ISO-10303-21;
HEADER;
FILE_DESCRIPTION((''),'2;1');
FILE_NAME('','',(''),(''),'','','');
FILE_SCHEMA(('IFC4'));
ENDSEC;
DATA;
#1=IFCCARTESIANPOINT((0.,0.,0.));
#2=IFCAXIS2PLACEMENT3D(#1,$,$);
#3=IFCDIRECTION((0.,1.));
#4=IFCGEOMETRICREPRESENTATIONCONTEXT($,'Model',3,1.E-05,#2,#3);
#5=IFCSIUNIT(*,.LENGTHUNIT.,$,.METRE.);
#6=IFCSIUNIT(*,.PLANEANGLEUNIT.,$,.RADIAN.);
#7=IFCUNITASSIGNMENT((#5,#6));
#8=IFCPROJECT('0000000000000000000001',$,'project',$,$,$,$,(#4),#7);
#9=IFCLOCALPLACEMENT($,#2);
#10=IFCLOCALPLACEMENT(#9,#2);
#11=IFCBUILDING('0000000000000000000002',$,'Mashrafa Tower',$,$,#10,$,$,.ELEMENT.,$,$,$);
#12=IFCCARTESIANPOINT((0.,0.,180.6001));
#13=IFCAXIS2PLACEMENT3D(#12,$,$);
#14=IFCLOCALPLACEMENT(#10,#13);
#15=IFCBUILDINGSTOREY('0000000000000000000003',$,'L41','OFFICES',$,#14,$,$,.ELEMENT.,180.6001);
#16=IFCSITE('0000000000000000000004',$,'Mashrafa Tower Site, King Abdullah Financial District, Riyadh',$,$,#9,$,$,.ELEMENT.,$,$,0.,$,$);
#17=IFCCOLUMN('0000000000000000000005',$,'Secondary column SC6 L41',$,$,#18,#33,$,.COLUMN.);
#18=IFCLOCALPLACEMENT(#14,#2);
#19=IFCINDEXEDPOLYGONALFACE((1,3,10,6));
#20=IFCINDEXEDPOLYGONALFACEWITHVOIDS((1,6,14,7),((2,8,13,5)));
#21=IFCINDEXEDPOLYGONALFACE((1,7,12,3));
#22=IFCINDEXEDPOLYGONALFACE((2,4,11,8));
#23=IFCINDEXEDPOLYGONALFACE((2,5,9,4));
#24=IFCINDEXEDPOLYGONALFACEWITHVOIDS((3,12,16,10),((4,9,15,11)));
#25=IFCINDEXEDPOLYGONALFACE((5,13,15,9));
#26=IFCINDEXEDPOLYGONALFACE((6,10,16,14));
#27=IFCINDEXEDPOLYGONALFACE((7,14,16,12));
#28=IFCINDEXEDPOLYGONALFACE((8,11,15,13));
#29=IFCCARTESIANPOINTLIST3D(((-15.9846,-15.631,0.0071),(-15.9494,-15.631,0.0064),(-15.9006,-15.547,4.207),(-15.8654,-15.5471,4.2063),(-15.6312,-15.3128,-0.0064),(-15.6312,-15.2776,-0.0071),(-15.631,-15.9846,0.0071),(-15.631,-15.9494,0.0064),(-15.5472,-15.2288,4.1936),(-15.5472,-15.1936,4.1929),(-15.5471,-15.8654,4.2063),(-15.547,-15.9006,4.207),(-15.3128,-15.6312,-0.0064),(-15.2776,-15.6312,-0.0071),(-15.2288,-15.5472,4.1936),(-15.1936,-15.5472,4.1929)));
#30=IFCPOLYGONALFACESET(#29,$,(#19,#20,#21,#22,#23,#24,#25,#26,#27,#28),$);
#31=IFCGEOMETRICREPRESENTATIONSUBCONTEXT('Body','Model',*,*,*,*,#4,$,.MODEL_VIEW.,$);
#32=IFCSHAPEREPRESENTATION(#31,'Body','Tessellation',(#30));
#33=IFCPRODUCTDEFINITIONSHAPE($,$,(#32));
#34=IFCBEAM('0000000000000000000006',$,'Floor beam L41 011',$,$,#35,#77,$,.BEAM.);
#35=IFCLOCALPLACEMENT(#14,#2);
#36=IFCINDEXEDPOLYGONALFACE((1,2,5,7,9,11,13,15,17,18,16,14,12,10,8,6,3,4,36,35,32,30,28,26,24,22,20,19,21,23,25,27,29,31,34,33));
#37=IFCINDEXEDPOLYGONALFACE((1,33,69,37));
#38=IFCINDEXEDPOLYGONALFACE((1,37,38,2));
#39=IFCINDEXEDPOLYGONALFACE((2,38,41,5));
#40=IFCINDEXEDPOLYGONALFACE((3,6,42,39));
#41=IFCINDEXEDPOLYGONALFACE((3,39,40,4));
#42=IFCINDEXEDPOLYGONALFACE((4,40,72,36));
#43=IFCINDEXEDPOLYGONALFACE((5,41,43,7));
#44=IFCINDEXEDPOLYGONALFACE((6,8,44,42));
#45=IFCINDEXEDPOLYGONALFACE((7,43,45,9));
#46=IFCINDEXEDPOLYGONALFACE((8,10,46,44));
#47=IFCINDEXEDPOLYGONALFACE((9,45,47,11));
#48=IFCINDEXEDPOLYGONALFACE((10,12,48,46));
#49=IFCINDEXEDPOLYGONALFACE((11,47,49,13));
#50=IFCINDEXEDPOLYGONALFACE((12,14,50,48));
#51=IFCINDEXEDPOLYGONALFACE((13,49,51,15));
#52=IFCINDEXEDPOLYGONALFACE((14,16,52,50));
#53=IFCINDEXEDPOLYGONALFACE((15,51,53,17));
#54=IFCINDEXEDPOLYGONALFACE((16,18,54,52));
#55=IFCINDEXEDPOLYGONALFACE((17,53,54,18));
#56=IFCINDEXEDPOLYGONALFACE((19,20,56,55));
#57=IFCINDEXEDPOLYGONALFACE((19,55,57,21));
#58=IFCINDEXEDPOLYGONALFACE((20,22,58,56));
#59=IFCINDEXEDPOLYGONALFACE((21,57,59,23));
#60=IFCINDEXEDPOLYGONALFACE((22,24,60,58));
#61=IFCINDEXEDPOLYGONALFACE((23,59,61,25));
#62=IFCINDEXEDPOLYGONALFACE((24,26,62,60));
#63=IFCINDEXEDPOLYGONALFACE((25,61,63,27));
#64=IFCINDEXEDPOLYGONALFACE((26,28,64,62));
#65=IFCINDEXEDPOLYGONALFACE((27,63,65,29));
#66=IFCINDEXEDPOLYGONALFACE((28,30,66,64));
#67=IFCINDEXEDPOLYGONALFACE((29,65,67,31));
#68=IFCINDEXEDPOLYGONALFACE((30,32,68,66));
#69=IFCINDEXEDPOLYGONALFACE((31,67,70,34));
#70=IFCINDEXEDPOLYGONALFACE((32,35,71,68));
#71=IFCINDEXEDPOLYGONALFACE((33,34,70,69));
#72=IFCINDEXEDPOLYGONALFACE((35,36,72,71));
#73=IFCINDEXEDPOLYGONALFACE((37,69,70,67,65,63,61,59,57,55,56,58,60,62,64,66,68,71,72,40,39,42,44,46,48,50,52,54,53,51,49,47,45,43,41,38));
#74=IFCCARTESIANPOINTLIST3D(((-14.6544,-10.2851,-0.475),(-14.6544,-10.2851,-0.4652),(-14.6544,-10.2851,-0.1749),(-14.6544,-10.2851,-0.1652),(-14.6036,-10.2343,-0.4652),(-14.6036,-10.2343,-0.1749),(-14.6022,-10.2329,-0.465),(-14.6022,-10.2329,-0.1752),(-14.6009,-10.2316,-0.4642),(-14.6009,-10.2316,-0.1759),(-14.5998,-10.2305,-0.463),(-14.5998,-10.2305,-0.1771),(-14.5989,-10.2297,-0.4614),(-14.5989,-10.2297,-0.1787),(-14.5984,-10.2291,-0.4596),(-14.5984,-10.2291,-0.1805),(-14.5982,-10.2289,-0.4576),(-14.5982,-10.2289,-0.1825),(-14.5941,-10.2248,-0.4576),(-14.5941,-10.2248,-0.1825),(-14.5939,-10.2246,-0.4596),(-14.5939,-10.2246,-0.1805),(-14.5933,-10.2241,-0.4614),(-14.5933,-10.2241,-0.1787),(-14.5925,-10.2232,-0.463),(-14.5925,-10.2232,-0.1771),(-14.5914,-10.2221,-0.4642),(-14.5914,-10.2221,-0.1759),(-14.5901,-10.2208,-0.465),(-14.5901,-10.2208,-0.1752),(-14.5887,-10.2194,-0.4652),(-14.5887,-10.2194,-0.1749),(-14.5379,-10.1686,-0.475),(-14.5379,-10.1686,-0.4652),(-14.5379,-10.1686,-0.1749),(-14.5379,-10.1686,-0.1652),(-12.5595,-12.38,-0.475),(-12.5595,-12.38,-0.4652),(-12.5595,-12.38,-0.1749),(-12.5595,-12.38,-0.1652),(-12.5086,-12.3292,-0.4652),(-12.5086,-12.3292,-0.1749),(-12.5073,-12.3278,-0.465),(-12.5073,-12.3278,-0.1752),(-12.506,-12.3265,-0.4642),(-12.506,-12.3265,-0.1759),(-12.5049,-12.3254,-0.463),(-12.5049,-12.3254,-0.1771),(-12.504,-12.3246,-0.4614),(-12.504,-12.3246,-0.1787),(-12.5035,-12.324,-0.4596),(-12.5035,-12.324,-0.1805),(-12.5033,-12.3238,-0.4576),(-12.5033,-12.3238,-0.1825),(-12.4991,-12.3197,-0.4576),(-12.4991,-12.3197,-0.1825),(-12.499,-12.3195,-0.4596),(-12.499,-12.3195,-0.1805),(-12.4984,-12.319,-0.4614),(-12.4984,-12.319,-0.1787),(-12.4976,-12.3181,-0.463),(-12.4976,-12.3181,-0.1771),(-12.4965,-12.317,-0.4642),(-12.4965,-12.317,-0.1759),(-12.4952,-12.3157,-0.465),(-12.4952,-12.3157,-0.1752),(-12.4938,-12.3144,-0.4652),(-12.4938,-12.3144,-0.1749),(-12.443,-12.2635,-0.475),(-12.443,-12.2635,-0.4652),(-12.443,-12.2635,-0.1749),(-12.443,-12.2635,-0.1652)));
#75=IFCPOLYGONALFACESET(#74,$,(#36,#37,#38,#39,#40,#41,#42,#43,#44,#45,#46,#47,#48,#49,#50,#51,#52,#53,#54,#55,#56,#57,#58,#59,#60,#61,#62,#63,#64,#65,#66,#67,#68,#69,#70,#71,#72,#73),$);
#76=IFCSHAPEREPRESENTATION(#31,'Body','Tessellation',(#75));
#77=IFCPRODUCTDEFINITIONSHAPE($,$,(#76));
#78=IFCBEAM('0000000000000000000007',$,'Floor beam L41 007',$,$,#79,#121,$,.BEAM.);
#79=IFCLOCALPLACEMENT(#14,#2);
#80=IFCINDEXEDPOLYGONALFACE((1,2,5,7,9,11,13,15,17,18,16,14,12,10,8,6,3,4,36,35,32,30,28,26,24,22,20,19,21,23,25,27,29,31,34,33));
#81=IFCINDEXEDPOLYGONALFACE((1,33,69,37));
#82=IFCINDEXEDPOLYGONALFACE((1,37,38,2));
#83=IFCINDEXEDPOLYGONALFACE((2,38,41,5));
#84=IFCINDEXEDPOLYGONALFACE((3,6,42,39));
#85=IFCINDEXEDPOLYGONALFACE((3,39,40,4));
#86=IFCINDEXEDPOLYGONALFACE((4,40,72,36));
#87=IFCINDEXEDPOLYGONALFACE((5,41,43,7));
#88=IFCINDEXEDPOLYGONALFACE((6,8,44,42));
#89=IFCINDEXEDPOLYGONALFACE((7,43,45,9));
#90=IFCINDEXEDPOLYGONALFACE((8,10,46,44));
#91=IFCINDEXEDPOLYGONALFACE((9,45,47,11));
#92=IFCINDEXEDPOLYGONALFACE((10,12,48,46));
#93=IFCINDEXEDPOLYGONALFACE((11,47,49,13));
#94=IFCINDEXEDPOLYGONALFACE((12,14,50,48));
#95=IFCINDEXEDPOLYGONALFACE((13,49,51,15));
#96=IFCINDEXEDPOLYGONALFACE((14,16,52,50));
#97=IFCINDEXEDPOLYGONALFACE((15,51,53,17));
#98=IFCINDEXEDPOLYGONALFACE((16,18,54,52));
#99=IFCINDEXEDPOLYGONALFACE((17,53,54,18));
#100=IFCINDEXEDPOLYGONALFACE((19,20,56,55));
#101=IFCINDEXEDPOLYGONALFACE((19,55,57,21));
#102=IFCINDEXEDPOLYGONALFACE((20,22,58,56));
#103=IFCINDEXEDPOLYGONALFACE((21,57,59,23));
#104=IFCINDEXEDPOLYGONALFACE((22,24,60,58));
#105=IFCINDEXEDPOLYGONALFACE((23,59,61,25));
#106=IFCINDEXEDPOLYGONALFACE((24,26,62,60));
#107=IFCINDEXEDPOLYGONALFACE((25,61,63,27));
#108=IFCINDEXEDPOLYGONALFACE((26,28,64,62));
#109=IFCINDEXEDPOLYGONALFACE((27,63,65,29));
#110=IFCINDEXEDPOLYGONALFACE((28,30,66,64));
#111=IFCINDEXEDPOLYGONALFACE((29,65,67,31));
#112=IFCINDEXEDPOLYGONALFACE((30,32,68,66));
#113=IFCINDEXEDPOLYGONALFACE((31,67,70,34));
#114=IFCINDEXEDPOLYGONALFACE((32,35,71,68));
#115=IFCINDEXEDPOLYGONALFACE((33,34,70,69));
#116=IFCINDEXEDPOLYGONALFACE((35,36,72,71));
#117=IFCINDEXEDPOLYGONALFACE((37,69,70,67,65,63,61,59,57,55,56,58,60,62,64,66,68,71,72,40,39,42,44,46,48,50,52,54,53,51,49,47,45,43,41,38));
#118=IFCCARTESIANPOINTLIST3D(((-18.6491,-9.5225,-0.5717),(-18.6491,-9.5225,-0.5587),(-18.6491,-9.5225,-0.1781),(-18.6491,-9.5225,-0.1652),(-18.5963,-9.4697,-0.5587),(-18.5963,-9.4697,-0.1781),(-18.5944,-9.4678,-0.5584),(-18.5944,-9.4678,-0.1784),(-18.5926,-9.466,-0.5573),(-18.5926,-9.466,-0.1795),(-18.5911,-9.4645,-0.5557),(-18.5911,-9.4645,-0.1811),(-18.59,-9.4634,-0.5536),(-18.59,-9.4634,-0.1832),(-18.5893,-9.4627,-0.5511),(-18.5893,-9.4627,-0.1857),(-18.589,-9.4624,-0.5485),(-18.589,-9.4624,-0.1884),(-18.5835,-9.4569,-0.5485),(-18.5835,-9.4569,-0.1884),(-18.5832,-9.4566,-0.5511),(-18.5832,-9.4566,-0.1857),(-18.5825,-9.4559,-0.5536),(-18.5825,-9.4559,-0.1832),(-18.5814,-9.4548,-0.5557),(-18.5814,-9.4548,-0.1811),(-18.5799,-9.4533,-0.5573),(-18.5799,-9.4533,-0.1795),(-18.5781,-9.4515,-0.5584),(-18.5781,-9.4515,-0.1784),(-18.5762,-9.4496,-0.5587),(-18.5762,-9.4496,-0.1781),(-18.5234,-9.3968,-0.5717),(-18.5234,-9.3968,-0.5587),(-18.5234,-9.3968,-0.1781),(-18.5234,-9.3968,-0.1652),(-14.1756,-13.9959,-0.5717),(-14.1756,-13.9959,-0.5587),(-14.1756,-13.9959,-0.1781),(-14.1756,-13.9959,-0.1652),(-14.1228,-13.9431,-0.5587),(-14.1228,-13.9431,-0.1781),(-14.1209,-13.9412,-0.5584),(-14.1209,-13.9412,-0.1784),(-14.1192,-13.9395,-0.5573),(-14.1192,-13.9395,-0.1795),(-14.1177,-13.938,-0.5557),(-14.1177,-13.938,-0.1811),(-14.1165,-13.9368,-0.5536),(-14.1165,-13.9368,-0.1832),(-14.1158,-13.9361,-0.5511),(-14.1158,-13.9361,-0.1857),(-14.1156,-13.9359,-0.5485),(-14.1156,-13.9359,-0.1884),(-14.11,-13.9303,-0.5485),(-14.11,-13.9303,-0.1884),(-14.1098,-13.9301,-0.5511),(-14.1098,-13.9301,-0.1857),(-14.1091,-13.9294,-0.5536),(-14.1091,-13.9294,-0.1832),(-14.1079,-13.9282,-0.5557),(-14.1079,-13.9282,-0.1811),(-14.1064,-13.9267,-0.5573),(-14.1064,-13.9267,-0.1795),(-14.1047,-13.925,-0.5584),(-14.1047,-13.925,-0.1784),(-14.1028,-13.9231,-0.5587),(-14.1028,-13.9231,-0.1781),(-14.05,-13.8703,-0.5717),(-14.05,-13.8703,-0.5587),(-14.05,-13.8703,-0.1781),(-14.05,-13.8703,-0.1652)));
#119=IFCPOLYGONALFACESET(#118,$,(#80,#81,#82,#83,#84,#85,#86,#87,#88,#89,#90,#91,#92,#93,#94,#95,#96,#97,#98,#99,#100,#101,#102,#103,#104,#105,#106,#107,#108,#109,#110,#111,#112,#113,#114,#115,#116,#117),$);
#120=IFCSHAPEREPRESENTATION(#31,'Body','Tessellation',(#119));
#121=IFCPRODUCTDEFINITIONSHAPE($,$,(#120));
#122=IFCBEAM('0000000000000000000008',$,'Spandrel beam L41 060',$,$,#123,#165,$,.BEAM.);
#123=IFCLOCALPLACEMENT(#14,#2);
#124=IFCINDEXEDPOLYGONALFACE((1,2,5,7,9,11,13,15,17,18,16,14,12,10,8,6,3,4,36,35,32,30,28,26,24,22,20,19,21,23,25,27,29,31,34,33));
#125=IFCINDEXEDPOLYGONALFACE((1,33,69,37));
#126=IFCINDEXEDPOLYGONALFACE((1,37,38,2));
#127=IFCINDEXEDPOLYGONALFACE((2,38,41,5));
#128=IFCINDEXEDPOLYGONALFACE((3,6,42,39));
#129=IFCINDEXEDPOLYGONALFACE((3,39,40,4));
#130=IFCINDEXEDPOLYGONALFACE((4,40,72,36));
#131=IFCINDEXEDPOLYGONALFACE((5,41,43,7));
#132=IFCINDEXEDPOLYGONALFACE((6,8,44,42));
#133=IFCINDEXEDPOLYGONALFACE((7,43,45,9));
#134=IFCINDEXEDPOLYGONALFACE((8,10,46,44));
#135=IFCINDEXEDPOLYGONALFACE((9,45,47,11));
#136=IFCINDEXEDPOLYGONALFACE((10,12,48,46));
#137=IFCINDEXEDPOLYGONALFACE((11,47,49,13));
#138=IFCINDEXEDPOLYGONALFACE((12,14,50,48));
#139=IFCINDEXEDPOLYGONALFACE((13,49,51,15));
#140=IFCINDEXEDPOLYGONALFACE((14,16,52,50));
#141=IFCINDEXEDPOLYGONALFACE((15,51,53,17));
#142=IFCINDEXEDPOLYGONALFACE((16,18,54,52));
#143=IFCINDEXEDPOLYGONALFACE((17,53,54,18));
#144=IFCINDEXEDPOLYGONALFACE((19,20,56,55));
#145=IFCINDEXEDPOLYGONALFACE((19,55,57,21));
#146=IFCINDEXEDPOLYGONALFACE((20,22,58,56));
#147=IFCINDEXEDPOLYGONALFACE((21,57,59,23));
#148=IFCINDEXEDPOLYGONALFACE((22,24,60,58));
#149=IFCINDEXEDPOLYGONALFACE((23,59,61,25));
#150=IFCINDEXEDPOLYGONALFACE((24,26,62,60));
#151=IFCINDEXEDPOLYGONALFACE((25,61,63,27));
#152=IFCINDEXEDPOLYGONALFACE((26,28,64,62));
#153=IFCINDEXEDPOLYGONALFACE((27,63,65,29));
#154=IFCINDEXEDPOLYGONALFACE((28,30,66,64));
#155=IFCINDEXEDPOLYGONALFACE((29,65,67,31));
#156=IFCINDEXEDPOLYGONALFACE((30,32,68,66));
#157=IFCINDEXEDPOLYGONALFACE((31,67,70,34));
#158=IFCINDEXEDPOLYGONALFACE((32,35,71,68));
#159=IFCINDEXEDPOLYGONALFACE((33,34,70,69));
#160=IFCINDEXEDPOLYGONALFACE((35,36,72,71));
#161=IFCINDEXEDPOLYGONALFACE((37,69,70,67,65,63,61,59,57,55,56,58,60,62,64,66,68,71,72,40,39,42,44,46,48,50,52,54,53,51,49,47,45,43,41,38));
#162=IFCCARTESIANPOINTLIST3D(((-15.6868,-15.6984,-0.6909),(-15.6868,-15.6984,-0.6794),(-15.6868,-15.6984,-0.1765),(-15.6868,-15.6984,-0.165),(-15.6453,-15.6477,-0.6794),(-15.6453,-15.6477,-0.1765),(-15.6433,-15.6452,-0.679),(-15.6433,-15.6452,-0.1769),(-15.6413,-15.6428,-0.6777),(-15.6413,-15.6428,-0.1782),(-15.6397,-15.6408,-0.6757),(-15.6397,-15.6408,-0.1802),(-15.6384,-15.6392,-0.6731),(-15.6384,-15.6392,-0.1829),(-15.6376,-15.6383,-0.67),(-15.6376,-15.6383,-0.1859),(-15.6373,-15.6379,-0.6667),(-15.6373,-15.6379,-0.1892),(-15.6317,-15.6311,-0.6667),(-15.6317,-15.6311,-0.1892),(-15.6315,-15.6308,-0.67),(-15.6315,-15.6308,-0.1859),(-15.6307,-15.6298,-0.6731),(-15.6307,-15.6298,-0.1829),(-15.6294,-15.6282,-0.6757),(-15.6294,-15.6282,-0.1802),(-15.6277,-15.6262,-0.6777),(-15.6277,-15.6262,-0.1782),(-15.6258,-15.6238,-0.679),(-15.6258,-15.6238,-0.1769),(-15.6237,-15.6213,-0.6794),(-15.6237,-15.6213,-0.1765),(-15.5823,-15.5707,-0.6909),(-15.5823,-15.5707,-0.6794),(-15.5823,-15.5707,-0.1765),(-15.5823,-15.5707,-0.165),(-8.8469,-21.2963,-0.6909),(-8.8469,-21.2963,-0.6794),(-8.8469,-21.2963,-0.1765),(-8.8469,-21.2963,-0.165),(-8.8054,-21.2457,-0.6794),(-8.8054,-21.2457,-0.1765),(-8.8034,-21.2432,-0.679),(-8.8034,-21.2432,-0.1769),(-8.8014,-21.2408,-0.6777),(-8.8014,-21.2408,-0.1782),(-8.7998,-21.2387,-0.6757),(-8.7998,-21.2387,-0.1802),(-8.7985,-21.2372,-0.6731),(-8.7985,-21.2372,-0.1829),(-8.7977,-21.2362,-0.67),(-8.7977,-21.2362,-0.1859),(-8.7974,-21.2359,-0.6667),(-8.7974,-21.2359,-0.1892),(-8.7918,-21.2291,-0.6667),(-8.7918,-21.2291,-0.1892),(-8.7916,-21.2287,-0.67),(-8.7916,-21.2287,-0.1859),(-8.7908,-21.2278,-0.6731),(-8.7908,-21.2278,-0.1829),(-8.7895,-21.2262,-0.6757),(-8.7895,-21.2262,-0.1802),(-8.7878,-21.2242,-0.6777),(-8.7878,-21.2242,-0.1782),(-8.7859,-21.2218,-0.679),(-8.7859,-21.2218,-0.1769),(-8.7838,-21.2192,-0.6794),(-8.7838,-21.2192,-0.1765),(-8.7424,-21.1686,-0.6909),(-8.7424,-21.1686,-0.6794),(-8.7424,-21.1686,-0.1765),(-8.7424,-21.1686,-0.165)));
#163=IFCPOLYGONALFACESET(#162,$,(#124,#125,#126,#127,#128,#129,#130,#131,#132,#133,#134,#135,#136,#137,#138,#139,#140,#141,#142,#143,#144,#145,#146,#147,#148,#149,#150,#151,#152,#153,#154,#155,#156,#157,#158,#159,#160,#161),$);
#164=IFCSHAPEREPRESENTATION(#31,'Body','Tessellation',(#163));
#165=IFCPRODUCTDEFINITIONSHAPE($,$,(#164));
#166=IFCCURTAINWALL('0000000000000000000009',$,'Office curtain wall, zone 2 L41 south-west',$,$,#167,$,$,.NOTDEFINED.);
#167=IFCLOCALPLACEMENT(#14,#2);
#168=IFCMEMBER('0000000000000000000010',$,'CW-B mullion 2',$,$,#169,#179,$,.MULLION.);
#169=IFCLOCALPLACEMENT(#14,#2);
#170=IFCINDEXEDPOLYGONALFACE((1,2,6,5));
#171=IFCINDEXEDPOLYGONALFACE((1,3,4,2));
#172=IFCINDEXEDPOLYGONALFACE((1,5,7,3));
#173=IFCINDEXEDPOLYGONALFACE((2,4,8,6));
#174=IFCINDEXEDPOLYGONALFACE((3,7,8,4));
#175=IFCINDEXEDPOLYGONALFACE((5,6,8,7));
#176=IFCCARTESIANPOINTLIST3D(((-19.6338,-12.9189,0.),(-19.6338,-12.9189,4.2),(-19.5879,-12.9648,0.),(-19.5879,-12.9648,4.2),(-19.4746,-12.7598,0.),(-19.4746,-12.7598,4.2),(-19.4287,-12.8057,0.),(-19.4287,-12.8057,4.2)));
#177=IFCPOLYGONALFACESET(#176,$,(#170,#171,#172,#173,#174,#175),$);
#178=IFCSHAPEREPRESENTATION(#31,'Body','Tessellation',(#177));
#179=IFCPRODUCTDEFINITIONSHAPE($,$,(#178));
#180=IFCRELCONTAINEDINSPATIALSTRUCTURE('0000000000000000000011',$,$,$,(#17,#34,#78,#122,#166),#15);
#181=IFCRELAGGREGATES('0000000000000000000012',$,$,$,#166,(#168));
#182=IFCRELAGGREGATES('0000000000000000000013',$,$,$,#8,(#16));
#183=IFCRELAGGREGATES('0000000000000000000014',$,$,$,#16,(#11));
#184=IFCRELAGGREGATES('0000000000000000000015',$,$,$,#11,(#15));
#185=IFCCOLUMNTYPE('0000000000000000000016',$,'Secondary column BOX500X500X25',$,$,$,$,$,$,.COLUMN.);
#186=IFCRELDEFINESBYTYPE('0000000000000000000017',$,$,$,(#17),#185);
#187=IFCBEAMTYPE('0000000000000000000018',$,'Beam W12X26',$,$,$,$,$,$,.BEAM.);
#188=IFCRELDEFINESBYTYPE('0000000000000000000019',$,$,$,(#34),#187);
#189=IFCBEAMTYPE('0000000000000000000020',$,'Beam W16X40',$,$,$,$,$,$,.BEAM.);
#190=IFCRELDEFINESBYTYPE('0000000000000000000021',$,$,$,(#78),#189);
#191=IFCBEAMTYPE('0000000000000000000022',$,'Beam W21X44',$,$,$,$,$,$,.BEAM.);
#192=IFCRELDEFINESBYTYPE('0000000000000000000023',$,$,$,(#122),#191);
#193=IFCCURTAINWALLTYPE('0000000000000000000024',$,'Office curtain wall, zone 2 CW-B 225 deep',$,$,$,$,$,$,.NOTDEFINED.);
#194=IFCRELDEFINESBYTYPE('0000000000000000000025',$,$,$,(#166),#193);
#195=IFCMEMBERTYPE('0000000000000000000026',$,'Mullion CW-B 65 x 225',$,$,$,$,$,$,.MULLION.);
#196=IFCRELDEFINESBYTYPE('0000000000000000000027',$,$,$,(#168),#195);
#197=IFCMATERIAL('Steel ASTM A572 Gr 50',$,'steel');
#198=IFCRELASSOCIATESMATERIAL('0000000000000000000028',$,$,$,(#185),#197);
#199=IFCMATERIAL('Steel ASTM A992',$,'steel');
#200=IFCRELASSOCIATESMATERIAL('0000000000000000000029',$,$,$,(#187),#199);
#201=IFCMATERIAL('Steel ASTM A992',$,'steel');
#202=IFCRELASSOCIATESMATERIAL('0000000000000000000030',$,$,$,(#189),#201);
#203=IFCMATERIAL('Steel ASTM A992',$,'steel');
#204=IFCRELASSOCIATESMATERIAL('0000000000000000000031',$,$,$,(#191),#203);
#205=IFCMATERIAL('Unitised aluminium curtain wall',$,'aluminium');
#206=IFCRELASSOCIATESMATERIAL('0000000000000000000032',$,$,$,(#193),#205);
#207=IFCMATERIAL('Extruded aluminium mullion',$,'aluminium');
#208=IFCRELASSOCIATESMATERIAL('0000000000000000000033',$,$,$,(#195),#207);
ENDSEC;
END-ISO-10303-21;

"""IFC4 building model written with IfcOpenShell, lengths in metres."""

from ifc_helpers import new_model, si_unit, direction, frame, origin, origin_2d, place, context, subcontext, project, spatial, rectangle, hollow_rectangle, i_section, extrude, source, transform, mapped, material, material_profile, profile_set, type_object, type_shapes, element, aggregate, save


model = new_model("IFC4")

# Units and contexts
model_context = context("Model", 3, precision=1e-05, world=origin(), true_north=direction((0.0, 1.0)))
body_context = subcontext(model_context, "Body", "Model", "MODEL_VIEW")
ifc_project = project(units=[si_unit("LENGTHUNIT", "METRE"), si_unit("PLANEANGLEUNIT", "RADIAN")], contexts=[model_context])

# Site, building, storey
site_placement = place(None, origin())
site = spatial("IfcSite", under=ifc_project, at=site_placement, Name="Mashrafa Tower Site, King Abdullah Financial District, Riyadh", CompositionType="ELEMENT", RefElevation=0.0)
building_placement = place(site_placement, origin())
building = spatial("IfcBuilding", under=site, at=building_placement, Name="Mashrafa Tower", CompositionType="ELEMENT")
storey_placement = place(building_placement, frame((0.0, 0.0, 180.6001)))
storey = spatial("IfcBuildingStorey", under=building, at=storey_placement, Name="L41", Description="OFFICES", CompositionType="ELEMENT", Elevation=180.6001)

# Column
ifc_material_1 = material(Name="Steel ASTM A572 Gr 50", Category="steel")
ifc_material_profile_1 = material_profile(ifc_material_1, hollow_rectangle(XDim=0.5, YDim=0.5, WallThickness=0.0249, at=origin_2d()), Name="BOX500X500X25")
ifc_profile_set_1 = profile_set([ifc_material_profile_1], Name="Steel ASTM A572 Gr 50")
column_type = type_object("IfcColumnType", Name="Secondary column BOX500X500X25", PredefinedType="COLUMN", material=ifc_profile_set_1)
column_placement = place(storey_placement, frame((-15.6311, -15.6311, 0.0), z_axis=(0.019989, 0.019989, 0.9996), x_axis=(-0.707107, 0.707107, 0.0)))
element("IfcColumn", 1, at=column_placement, inside=storey, type_object=column_type, Name="Secondary column SC6 L41", PredefinedType="COLUMN", context=body_context, shape_type="SweptSolid", body=[
    extrude(hollow_rectangle(XDim=0.5, YDim=0.5, WallThickness=0.0249, at=origin_2d()), origin(), (0.0, 0.0, 1.0), 4.2017),
])

# Beams
ifc_material_2 = material(Name="Steel ASTM A992", Category="steel")
ifc_material_profile_2 = material_profile(ifc_material_2, i_section(OverallWidth=0.1648, OverallDepth=0.3098, WebThickness=0.0059, FlangeThickness=0.0098, FilletRadius=0.0076, at=origin_2d()), Name="W12X26")
ifc_profile_set_2 = profile_set([ifc_material_profile_2], Name="Steel ASTM A992")
beam_type_1 = type_object("IfcBeamType", Name="Beam W12X26", PredefinedType="BEAM", material=ifc_profile_set_2)
beam_1_placement = place(storey_placement, frame((-12.5012, -12.3218, -0.3201), z_axis=(-0.707107, 0.707107, 0.0), x_axis=(-0.707107, -0.707107, 0.0)))
element("IfcBeam", 2, at=beam_1_placement, inside=storey, type_object=beam_type_1, Name="Floor beam L41 011", PredefinedType="BEAM", context=body_context, shape_type="SweptSolid", body=[
    extrude(i_section(OverallWidth=0.1648, OverallDepth=0.3098, WebThickness=0.0059, FlangeThickness=0.0098, FilletRadius=0.0076, at=origin_2d()), origin(), (0.0, 0.0, 1.0), 2.9626),
])
ifc_material_3 = material(Name="Steel ASTM A992", Category="steel")
ifc_material_profile_3 = material_profile(ifc_material_3, i_section(OverallWidth=0.1777, OverallDepth=0.4065, WebThickness=0.0078, FlangeThickness=0.0129, FilletRadius=0.0103, at=origin_2d()), Name="W16X40")
ifc_profile_set_3 = profile_set([ifc_material_profile_3], Name="Steel ASTM A992")
beam_type_2 = type_object("IfcBeamType", Name="Beam W16X40", PredefinedType="BEAM", material=ifc_profile_set_3)
beam_2_placement = place(storey_placement, frame((-14.1128, -13.9331, -0.3684), z_axis=(-0.707107, 0.707107, 0.0), x_axis=(-0.707107, -0.707107, 0.0)))
element("IfcBeam", 3, at=beam_2_placement, inside=storey, type_object=beam_type_2, Name="Floor beam L41 007", PredefinedType="BEAM", context=body_context, shape_type="SweptSolid", body=[
    extrude(i_section(OverallWidth=0.1777, OverallDepth=0.4065, WebThickness=0.0078, FlangeThickness=0.0129, FilletRadius=0.0103, at=origin_2d()), origin(), (0.0, 0.0, 1.0), 6.3264),
])
ifc_material_4 = material(Name="Steel ASTM A992", Category="steel")
ifc_material_profile_4 = material_profile(ifc_material_4, i_section(OverallWidth=0.165, OverallDepth=0.5259, WebThickness=0.0088, FlangeThickness=0.0115, FilletRadius=0.0127, at=origin_2d()), Name="W21X44")
ifc_profile_set_4 = profile_set([ifc_material_profile_4], Name="Steel ASTM A992")
beam_type_3 = type_object("IfcBeamType", Name="Beam W21X44", PredefinedType="BEAM", material=ifc_profile_set_4)
beam_3_placement = place(storey_placement, frame((-15.6345, -15.6345, -0.428), z_axis=(0.773865, -0.633351, 0.0), x_axis=(0.633351, 0.773865, 0.0)))
element("IfcBeam", 4, at=beam_3_placement, inside=storey, type_object=beam_type_3, Name="Spandrel beam L41 060", PredefinedType="BEAM", context=body_context, shape_type="SweptSolid", body=[
    extrude(i_section(OverallWidth=0.165, OverallDepth=0.5259, WebThickness=0.0088, FlangeThickness=0.0115, FilletRadius=0.0127, at=origin_2d()), origin(), (0.0, 0.0, 1.0), 8.8386),
])

# Curtain wall, member
ifc_material_5 = material(Name="Unitised aluminium curtain wall", Category="aluminium")
curtain_wall_type = type_object("IfcCurtainWallType", Name="Office curtain wall, zone 2 CW-B 225 deep", PredefinedType="NOTDEFINED", material=ifc_material_5)
curtain_wall_placement = place(storey_placement, origin())
curtain_wall = element("IfcCurtainWall", 5, at=curtain_wall_placement, inside=storey, type_object=curtain_wall_type, Name="Office curtain wall, zone 2 L41 south-west", PredefinedType="NOTDEFINED")
ifc_material_6 = material(Name="Extruded aluminium mullion", Category="aluminium")
ifc_material_profile_5 = material_profile(ifc_material_6, rectangle(XDim=0.2251, YDim=0.0649, at=origin_2d()), Name="Mullion 65x225")
ifc_profile_set_5 = profile_set([ifc_material_profile_5], Name="Extruded aluminium mullion")
member_type_1 = type_object("IfcMemberType", Name="Mullion CW-B 65 x 225", PredefinedType="MULLION", material=ifc_profile_set_5)
shared_shape_1 = source(origin(), body_context, "Body", "SweptSolid", [
    extrude(rectangle(XDim=0.2251, YDim=0.0649, at=origin_2d()), origin(), (0.0, 0.0, 1.0), 4.2),
])
type_shapes(member_type_1, [shared_shape_1])
member_1_placement = place(storey_placement, frame((-19.5312, -12.8623, 0.0), z_axis=(0.0, 0.0, 1.0), x_axis=(0.707107, 0.707107, 0.0)))
member_1 = element("IfcMember", 6, at=member_1_placement, type_object=member_type_1, Name="CW-B mullion 2", PredefinedType="MULLION", context=body_context, shape_type="MappedRepresentation", body=[
    mapped(shared_shape_1, transform((0.0, 0.0, 0.0))),
])
aggregate(curtain_wall, [member_1])

save(model, "model.ifc")
